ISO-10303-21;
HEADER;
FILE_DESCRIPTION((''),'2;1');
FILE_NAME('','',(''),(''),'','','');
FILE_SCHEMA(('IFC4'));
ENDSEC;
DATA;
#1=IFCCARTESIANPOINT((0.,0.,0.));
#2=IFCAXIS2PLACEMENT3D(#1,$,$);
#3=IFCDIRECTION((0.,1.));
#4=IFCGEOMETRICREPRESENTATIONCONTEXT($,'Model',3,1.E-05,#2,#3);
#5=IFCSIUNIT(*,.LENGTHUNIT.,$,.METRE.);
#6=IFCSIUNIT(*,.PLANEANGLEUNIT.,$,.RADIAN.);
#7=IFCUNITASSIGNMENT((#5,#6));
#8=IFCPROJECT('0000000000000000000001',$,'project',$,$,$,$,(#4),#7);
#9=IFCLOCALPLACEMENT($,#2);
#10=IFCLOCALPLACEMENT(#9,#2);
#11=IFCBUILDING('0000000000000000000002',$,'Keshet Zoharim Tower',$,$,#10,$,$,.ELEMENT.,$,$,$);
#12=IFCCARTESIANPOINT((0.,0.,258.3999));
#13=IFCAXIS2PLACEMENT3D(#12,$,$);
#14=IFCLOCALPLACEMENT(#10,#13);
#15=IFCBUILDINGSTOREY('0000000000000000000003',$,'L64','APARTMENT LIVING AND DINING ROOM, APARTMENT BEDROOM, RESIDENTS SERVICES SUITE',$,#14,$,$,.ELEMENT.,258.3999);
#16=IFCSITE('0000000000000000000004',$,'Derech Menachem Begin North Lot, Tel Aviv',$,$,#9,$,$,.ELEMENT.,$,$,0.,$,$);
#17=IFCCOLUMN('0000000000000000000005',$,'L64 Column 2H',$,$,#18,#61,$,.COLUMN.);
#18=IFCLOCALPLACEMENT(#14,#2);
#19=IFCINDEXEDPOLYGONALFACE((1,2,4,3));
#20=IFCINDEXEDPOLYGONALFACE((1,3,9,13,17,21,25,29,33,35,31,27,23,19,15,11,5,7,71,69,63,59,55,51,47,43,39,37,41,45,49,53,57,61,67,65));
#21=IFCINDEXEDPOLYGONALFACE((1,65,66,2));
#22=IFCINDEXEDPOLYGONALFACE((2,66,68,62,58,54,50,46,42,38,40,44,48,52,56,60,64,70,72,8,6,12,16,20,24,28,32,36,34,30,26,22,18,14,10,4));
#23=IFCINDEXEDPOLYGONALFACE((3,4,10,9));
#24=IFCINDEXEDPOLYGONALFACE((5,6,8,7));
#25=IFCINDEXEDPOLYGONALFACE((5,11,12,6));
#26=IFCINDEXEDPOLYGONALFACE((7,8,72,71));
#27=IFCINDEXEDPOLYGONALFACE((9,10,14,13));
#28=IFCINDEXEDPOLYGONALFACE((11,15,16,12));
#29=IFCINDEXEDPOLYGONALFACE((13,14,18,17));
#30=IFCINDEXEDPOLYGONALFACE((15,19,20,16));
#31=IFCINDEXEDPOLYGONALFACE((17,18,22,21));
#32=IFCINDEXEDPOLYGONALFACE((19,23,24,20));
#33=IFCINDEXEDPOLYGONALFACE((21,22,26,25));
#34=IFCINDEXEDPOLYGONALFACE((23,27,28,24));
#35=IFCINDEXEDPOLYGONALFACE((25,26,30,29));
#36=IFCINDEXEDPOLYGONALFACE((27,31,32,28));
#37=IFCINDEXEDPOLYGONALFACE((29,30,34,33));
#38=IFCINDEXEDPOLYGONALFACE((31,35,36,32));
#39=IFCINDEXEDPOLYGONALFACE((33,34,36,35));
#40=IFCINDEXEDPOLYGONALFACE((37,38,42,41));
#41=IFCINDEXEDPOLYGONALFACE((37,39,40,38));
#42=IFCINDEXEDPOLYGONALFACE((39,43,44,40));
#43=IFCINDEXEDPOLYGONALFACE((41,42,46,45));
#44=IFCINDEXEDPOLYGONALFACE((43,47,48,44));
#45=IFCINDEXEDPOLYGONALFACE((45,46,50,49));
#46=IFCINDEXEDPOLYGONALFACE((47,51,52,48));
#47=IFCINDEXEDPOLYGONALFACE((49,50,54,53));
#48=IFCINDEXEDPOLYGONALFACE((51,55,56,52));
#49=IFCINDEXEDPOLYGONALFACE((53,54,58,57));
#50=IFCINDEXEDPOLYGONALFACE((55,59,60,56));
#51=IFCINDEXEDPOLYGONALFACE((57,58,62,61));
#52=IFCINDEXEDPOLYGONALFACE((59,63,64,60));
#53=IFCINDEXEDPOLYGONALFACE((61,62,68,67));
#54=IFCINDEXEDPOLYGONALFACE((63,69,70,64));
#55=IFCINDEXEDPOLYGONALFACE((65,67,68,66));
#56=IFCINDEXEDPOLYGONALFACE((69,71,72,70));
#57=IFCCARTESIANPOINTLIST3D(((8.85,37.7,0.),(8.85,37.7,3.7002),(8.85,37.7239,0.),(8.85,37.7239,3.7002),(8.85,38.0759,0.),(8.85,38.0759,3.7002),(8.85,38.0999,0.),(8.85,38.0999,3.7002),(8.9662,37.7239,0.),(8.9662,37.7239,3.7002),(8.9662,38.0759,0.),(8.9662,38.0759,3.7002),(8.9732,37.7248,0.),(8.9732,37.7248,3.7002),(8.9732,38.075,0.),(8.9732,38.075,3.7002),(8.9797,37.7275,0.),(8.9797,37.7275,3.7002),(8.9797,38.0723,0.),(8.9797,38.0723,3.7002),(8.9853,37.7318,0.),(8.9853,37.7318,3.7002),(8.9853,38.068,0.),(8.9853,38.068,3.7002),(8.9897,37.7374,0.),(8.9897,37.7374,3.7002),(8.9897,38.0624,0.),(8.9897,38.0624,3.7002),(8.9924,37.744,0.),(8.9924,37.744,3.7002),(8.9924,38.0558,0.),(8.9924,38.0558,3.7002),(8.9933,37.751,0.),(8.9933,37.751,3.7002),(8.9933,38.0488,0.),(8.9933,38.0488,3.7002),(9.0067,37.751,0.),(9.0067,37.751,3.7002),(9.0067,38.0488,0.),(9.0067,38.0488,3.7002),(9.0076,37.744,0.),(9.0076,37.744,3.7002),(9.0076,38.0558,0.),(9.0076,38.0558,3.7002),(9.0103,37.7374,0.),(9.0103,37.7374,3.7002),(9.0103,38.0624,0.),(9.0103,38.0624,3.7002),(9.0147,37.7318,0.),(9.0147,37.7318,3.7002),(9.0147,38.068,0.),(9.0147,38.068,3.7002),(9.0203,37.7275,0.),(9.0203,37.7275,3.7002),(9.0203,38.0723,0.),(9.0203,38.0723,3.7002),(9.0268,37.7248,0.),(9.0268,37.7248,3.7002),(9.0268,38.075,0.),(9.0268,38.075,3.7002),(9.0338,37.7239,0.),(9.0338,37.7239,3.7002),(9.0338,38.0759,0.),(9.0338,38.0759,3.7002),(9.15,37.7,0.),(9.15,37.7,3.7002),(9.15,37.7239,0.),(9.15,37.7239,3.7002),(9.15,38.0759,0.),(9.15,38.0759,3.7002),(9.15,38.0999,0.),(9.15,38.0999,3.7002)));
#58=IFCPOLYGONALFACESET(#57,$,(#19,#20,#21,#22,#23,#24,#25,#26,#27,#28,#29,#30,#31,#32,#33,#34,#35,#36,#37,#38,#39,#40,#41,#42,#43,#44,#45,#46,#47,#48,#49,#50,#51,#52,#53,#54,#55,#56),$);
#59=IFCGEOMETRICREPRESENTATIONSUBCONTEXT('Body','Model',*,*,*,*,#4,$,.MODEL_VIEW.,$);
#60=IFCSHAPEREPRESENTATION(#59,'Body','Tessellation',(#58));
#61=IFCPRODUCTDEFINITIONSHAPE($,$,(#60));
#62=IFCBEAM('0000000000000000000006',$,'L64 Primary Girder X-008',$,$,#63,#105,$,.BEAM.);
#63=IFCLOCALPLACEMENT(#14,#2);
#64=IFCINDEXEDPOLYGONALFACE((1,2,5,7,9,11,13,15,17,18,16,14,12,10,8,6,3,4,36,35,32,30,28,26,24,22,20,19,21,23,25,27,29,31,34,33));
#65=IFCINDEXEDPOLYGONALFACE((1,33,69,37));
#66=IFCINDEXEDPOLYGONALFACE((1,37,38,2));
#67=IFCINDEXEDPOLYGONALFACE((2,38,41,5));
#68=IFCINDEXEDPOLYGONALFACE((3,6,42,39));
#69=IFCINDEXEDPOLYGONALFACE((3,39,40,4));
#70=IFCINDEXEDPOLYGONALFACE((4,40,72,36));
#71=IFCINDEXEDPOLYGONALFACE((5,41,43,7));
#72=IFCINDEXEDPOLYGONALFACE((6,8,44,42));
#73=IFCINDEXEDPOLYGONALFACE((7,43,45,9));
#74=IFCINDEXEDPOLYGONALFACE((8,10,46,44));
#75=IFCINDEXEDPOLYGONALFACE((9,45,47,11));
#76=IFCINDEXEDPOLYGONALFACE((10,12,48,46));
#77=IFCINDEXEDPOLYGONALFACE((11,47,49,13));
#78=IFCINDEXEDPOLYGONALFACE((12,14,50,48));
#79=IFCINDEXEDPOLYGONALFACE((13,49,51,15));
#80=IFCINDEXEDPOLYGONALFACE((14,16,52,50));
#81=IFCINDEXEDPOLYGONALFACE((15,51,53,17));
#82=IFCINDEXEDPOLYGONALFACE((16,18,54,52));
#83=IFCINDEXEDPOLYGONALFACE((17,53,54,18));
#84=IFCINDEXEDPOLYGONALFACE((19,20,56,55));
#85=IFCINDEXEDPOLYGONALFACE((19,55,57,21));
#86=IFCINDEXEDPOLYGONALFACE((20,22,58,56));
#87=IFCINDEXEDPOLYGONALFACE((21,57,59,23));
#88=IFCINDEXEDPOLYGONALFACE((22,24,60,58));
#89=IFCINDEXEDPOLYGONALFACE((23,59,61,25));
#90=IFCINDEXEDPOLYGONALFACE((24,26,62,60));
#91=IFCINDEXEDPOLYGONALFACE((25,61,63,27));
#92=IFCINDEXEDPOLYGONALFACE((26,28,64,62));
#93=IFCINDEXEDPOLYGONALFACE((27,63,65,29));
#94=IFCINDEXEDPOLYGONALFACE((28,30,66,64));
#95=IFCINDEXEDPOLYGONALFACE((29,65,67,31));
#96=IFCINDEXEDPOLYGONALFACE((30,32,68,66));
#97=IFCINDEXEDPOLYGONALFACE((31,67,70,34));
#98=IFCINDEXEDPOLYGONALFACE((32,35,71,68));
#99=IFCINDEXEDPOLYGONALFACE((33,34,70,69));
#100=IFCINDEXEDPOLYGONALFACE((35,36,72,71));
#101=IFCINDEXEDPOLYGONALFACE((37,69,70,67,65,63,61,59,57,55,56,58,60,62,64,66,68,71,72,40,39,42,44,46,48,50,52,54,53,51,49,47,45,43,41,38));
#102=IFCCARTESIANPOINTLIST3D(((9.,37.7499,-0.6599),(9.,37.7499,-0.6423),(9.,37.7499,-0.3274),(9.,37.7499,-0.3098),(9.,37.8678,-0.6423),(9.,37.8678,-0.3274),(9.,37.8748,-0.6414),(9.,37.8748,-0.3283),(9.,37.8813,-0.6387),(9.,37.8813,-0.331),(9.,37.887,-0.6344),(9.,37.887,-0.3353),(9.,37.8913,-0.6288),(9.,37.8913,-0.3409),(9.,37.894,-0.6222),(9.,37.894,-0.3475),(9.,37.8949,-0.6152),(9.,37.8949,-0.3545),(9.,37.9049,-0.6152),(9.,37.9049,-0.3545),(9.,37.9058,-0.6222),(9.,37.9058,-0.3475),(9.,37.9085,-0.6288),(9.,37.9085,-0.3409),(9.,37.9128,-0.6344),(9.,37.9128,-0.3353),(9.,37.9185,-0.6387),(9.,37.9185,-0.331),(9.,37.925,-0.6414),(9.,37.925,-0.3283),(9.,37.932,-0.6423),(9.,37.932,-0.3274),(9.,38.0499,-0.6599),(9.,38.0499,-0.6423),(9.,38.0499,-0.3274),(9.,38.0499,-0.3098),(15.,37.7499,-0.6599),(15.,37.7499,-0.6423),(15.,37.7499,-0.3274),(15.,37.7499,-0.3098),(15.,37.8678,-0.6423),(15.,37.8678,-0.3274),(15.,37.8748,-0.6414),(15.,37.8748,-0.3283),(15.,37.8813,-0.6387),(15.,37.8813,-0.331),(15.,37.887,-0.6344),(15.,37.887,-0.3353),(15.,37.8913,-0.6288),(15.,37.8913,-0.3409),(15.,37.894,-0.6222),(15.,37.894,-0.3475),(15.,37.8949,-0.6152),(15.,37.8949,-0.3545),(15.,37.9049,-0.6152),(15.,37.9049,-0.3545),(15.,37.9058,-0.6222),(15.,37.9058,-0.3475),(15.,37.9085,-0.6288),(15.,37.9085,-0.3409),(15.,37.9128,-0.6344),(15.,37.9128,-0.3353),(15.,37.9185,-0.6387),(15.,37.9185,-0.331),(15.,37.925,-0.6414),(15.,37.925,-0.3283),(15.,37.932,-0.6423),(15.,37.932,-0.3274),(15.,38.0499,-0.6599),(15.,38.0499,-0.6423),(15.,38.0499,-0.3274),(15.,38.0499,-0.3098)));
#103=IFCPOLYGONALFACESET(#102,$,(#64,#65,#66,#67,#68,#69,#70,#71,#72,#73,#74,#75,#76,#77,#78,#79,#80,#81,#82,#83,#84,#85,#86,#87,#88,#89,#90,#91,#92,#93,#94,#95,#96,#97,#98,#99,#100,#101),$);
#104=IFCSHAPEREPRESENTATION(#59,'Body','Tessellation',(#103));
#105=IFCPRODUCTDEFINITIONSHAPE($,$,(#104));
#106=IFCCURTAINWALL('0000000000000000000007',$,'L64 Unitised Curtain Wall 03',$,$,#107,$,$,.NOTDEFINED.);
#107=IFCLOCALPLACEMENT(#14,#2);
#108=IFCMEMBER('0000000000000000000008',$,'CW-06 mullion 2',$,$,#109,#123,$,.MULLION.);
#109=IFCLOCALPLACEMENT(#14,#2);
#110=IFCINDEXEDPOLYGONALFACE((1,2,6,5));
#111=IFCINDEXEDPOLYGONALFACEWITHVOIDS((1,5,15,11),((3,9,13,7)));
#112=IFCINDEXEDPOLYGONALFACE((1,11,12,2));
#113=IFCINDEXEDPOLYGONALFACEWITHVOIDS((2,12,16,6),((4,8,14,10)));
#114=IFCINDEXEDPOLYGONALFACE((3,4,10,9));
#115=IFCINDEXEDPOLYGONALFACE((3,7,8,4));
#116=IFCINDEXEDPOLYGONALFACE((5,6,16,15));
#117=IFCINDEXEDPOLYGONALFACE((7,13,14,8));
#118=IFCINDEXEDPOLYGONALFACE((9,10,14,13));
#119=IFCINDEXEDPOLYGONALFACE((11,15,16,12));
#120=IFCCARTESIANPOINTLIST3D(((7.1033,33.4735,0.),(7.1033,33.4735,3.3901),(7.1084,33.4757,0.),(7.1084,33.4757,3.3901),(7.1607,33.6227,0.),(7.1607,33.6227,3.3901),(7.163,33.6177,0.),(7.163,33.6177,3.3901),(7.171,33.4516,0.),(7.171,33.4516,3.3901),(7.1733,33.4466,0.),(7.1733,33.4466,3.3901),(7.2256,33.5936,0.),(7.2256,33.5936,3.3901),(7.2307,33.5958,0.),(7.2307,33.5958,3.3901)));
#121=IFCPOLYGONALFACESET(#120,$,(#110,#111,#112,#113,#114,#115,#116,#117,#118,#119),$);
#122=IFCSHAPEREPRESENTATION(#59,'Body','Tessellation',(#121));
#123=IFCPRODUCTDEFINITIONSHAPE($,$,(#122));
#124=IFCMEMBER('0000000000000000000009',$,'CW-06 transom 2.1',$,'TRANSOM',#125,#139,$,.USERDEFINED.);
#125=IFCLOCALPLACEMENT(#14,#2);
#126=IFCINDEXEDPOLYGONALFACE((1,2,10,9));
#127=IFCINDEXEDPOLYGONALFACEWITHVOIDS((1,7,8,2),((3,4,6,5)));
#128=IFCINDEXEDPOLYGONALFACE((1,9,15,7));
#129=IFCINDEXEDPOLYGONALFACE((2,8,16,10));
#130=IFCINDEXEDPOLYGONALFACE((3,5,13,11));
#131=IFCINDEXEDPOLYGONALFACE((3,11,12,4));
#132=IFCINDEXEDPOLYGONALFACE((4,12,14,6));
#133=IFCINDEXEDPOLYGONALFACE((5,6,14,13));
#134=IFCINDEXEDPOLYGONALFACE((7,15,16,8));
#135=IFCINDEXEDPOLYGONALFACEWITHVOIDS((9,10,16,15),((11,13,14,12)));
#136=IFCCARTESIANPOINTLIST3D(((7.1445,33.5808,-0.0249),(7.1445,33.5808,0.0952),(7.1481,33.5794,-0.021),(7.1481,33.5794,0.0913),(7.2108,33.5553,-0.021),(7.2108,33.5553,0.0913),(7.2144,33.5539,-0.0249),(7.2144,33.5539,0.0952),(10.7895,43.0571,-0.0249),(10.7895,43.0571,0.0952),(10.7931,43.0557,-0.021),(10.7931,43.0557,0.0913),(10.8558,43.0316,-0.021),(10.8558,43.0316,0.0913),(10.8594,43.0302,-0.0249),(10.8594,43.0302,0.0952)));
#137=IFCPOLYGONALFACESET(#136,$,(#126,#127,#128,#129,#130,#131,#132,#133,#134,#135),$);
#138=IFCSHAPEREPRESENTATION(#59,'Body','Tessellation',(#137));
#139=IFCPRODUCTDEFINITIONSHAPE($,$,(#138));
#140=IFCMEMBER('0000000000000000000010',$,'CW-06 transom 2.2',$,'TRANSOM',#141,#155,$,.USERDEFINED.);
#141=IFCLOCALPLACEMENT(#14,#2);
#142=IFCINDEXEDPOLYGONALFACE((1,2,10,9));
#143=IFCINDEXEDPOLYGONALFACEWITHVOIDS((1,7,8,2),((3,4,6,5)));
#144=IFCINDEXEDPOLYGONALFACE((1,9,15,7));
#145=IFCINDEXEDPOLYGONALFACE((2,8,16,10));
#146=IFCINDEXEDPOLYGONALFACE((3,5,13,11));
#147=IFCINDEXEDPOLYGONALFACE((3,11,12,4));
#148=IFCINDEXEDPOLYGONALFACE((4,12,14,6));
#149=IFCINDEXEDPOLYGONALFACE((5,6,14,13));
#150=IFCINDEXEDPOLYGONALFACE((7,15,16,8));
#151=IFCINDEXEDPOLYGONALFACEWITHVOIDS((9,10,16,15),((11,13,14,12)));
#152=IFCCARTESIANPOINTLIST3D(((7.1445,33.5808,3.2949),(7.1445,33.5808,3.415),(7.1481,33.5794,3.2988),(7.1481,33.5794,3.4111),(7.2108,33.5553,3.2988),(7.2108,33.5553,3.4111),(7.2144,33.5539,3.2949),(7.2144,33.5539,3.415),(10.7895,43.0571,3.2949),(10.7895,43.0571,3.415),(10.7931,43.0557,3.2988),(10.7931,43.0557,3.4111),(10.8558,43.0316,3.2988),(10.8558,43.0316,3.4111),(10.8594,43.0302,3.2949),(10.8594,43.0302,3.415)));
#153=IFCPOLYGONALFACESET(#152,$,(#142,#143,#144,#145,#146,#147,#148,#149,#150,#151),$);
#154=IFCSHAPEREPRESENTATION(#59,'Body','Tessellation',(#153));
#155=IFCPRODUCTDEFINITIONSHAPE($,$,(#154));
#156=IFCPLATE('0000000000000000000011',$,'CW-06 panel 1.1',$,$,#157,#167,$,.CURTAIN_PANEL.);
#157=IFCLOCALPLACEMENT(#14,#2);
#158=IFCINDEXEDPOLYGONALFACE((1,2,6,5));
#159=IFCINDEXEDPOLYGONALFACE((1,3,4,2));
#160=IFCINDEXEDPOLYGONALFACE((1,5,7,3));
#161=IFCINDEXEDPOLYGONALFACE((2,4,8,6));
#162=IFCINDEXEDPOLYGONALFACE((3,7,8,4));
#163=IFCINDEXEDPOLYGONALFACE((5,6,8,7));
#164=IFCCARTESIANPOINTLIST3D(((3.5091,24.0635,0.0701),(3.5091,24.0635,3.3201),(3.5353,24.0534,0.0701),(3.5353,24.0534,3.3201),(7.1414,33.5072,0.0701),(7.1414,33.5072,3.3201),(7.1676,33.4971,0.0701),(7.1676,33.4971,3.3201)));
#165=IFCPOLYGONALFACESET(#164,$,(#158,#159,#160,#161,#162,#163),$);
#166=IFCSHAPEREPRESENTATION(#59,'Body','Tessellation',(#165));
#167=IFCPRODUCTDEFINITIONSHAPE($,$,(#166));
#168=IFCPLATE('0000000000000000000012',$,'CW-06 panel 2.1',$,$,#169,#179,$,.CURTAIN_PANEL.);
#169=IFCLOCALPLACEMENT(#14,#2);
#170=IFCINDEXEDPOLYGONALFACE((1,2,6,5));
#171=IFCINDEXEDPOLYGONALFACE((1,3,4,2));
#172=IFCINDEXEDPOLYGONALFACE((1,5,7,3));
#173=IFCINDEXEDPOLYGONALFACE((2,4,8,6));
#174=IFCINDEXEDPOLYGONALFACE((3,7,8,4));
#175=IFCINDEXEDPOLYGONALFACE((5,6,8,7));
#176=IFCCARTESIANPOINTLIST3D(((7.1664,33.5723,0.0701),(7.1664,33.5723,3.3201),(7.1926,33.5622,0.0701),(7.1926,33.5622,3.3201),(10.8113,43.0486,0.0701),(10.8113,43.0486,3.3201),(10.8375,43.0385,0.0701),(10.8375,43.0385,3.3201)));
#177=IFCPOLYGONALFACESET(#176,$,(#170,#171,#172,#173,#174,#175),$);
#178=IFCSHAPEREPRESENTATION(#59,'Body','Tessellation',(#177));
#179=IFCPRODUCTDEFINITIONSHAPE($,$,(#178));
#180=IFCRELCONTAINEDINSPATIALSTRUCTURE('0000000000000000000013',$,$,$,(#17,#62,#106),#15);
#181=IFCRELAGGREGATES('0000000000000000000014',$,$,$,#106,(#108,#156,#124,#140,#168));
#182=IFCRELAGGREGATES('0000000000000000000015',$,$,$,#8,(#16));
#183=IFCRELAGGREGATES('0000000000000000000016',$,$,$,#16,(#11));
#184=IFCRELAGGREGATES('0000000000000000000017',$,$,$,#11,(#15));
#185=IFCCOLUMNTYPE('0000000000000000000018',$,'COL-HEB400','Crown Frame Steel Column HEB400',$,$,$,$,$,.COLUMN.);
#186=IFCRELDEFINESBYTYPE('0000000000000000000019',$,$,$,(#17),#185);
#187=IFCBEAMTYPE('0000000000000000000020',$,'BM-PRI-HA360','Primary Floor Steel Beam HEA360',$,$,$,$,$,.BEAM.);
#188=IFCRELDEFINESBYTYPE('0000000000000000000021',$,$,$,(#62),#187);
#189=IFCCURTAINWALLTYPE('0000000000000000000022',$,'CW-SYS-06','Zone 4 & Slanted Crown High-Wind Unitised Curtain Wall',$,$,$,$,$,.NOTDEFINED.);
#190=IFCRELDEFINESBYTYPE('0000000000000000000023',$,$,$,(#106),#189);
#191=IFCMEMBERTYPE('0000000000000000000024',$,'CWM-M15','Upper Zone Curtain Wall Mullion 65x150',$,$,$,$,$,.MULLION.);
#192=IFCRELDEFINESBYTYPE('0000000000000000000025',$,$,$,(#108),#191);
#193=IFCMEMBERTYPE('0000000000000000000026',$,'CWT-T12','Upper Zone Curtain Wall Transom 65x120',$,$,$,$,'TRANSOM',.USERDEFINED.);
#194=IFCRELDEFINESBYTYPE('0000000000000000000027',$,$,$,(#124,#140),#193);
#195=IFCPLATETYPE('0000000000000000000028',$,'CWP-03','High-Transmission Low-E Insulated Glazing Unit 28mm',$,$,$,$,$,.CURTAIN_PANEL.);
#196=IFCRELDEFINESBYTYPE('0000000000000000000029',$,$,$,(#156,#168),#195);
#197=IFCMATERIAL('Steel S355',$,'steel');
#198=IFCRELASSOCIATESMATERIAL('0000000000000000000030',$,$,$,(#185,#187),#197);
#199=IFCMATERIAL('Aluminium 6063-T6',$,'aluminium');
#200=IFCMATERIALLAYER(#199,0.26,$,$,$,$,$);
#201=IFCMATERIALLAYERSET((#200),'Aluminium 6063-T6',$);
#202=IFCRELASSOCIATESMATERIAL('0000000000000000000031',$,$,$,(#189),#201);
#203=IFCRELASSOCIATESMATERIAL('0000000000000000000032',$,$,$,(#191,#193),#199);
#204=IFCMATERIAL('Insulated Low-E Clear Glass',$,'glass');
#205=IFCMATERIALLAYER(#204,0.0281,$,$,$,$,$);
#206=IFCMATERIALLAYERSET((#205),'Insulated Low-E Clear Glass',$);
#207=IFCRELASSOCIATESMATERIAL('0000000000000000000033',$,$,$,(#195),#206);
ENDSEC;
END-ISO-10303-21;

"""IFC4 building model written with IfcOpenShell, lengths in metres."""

from ifc_helpers import new_model, si_unit, direction, frame, origin, origin_2d, place, context, subcontext, project, spatial, rectangle, hollow_rectangle, i_section, extrude, material, layer, layer_set, material_profile, profile_set, type_object, element, aggregate, save


model = new_model("IFC4")

# Units and contexts
model_context = context("Model", 3, precision=1e-05, world=origin(), true_north=direction((0.0, 1.0)))
body_context = subcontext(model_context, "Body", "Model", "MODEL_VIEW")
ifc_project = project(units=[si_unit("LENGTHUNIT", "METRE"), si_unit("PLANEANGLEUNIT", "RADIAN")], contexts=[model_context])

# Site, building, storey
site_placement = place(None, origin())
site = spatial("IfcSite", under=ifc_project, at=site_placement, Name="Derech Menachem Begin North Lot, Tel Aviv", CompositionType="ELEMENT", RefElevation=0.0)
building_placement = place(site_placement, origin())
building = spatial("IfcBuilding", under=site, at=building_placement, Name="Keshet Zoharim Tower", CompositionType="ELEMENT")
storey_placement = place(building_placement, frame((0.0, 0.0, 258.3999)))
storey = spatial("IfcBuildingStorey", under=building, at=storey_placement, Name="L64", Description="APARTMENT LIVING AND DINING ROOM, APARTMENT BEDROOM, RESIDENTS SERVICES SUITE", CompositionType="ELEMENT", Elevation=258.3999)

# Column
ifc_material_1 = material(Name="Steel S355", Category="steel")
ifc_material_profile_1 = material_profile(ifc_material_1, i_section(OverallWidth=0.3, OverallDepth=0.3999, WebThickness=0.0134, FlangeThickness=0.0239, FilletRadius=0.0271, at=origin_2d()), Name="HEB400")
ifc_profile_set_1 = profile_set([ifc_material_profile_1], Name="Steel S355")
column_type = type_object("IfcColumnType", Name="COL-HEB400", Description="Crown Frame Steel Column HEB400", PredefinedType="COLUMN", material=ifc_profile_set_1)
column_placement = place(storey_placement, frame((9.0, 37.8999, 0.0), z_axis=(0.0, 0.0, 1.0), x_axis=(1.0, 0.0, 0.0)))
element("IfcColumn", 1, at=column_placement, inside=storey, type_object=column_type, Name="L64 Column 2H", PredefinedType="COLUMN", context=body_context, shape_type="SweptSolid", body=[
    extrude(i_section(OverallWidth=0.3, OverallDepth=0.3999, WebThickness=0.0134, FlangeThickness=0.0239, FilletRadius=0.0271, at=origin_2d()), origin(), (0.0, 0.0, 1.0), 3.7002),
])

# Beam
ifc_material_profile_2 = material_profile(ifc_material_1, i_section(OverallWidth=0.3, OverallDepth=0.3501, WebThickness=0.01, FlangeThickness=0.0176, FilletRadius=0.0271, at=origin_2d()), Name="HEA360")
ifc_profile_set_2 = profile_set([ifc_material_profile_2], Name="Steel S355")
beam_type = type_object("IfcBeamType", Name="BM-PRI-HA360", Description="Primary Floor Steel Beam HEA360", PredefinedType="BEAM", material=ifc_profile_set_2)
beam_placement = place(storey_placement, frame((9.0, 37.8999, -0.4849), z_axis=(1.0, 0.0, 0.0), x_axis=(0.0, 1.0, 0.0)))
element("IfcBeam", 2, at=beam_placement, inside=storey, type_object=beam_type, Name="L64 Primary Girder X-008", PredefinedType="BEAM", context=body_context, shape_type="SweptSolid", body=[
    extrude(i_section(OverallWidth=0.3, OverallDepth=0.3501, WebThickness=0.01, FlangeThickness=0.0176, FilletRadius=0.0271, at=origin_2d()), origin(), (0.0, 0.0, 1.0), 6.0),
])

# Curtain wall, members, plates
ifc_material_2 = material(Name="Aluminium 6063-T6", Category="aluminium")
ifc_layer_1 = layer(ifc_material_2, 0.26)
ifc_layer_set_1 = layer_set([ifc_layer_1], Name="Aluminium 6063-T6")
curtain_wall_type = type_object("IfcCurtainWallType", Name="CW-SYS-06", Description="Zone 4 & Slanted Crown High-Wind Unitised Curtain Wall", PredefinedType="NOTDEFINED", material=ifc_layer_set_1)
curtain_wall_placement = place(storey_placement, origin())
curtain_wall = element("IfcCurtainWall", 3, at=curtain_wall_placement, inside=storey, type_object=curtain_wall_type, Name="L64 Unitised Curtain Wall 03", PredefinedType="NOTDEFINED")
ifc_material_profile_3 = material_profile(ifc_material_2, hollow_rectangle(XDim=0.075, YDim=0.1599, WallThickness=0.0039, at=origin_2d()), Name="MUL-75x160")
ifc_profile_set_3 = profile_set([ifc_material_profile_3], Name="Aluminium 6063-T6")
member_type_1 = type_object("IfcMemberType", Name="CWM-M15", Description="Upper Zone Curtain Wall Mullion 65x150", PredefinedType="MULLION", material=ifc_profile_set_3)
member_1_placement = place(storey_placement, frame((7.167, 33.5347, 0.0), z_axis=(0.0, 0.0, 1.0), x_axis=(-0.933341, 0.35899, 0.0)))
member_1 = element("IfcMember", 4, at=member_1_placement, type_object=member_type_1, Name="CW-06 mullion 2", PredefinedType="MULLION", context=body_context, shape_type="SweptSolid", body=[
    extrude(hollow_rectangle(XDim=0.075, YDim=0.1599, WallThickness=0.0039, at=origin_2d()), origin(), (0.0, 0.0, 1.0), 3.3901),
])
ifc_material_profile_4 = material_profile(ifc_material_2, hollow_rectangle(XDim=0.075, YDim=0.1201, WallThickness=0.0039, at=origin_2d()), Name="TRN-75x120")
ifc_profile_set_4 = profile_set([ifc_material_profile_4], Name="Aluminium 6063-T6")
member_type_2 = type_object("IfcMemberType", Name="CWT-T12", Description="Upper Zone Curtain Wall Transom 65x120", ElementType="TRANSOM", PredefinedType="USERDEFINED", material=ifc_profile_set_4)
member_2_placement = place(storey_placement, frame((7.1794, 33.5674, 0.0352), z_axis=(0.359003, 0.933336, 0.0), x_axis=(-0.933336, 0.359003, 0.0)))
member_2 = element("IfcMember", 5, at=member_2_placement, type_object=member_type_2, Name="CW-06 transom 2.1", ObjectType="TRANSOM", PredefinedType="USERDEFINED", context=body_context, shape_type="SweptSolid", body=[
    extrude(hollow_rectangle(XDim=0.075, YDim=0.1201, WallThickness=0.0039, at=origin_2d()), origin(), (0.0, 0.0, 1.0), 10.1531),
])
member_3_placement = place(storey_placement, frame((7.1794, 33.5674, 3.355), z_axis=(0.359003, 0.933336, 0.0), x_axis=(-0.933336, 0.359003, 0.0)))
member_3 = element("IfcMember", 6, at=member_3_placement, type_object=member_type_2, Name="CW-06 transom 2.2", ObjectType="TRANSOM", PredefinedType="USERDEFINED", context=body_context, shape_type="SweptSolid", body=[
    extrude(hollow_rectangle(XDim=0.075, YDim=0.1201, WallThickness=0.0039, at=origin_2d()), origin(), (0.0, 0.0, 1.0), 10.1531),
])
ifc_material_3 = material(Name="Insulated Low-E Clear Glass", Category="glass")
ifc_layer_2 = layer(ifc_material_3, 0.0281)
ifc_layer_set_2 = layer_set([ifc_layer_2], Name="Insulated Low-E Clear Glass")
plate_type = type_object("IfcPlateType", Name="CWP-03", Description="High-Transmission Low-E Insulated Glazing Unit 28mm", PredefinedType="CURTAIN_PANEL", material=ifc_layer_set_2)
plate_1_placement = place(storey_placement, frame((5.3384, 28.7803, 0.0701), z_axis=(0.0, 0.0, 1.0), x_axis=(0.35899, 0.933341, 0.0)))
plate_1 = element("IfcPlate", 7, at=plate_1_placement, type_object=plate_type, Name="CW-06 panel 1.1", PredefinedType="CURTAIN_PANEL", context=body_context, shape_type="SweptSolid", body=[
    extrude(rectangle(XDim=10.1182, YDim=0.0281, at=origin_2d()), origin(), (0.0, 0.0, 1.0), 3.25),
])
plate_2_placement = place(storey_placement, frame((9.002, 38.3054, 0.0701), z_axis=(0.0, 0.0, 1.0), x_axis=(0.35899, 0.933341, 0.0)))
plate_2 = element("IfcPlate", 8, at=plate_2_placement, type_object=plate_type, Name="CW-06 panel 2.1", PredefinedType="CURTAIN_PANEL", context=body_context, shape_type="SweptSolid", body=[
    extrude(rectangle(XDim=10.1531, YDim=0.0281, at=origin_2d()), origin(), (0.0, 0.0, 1.0), 3.25),
])
aggregate(curtain_wall, [member_1, plate_1, member_2, member_3, plate_2])

save(model, "model.ifc")
